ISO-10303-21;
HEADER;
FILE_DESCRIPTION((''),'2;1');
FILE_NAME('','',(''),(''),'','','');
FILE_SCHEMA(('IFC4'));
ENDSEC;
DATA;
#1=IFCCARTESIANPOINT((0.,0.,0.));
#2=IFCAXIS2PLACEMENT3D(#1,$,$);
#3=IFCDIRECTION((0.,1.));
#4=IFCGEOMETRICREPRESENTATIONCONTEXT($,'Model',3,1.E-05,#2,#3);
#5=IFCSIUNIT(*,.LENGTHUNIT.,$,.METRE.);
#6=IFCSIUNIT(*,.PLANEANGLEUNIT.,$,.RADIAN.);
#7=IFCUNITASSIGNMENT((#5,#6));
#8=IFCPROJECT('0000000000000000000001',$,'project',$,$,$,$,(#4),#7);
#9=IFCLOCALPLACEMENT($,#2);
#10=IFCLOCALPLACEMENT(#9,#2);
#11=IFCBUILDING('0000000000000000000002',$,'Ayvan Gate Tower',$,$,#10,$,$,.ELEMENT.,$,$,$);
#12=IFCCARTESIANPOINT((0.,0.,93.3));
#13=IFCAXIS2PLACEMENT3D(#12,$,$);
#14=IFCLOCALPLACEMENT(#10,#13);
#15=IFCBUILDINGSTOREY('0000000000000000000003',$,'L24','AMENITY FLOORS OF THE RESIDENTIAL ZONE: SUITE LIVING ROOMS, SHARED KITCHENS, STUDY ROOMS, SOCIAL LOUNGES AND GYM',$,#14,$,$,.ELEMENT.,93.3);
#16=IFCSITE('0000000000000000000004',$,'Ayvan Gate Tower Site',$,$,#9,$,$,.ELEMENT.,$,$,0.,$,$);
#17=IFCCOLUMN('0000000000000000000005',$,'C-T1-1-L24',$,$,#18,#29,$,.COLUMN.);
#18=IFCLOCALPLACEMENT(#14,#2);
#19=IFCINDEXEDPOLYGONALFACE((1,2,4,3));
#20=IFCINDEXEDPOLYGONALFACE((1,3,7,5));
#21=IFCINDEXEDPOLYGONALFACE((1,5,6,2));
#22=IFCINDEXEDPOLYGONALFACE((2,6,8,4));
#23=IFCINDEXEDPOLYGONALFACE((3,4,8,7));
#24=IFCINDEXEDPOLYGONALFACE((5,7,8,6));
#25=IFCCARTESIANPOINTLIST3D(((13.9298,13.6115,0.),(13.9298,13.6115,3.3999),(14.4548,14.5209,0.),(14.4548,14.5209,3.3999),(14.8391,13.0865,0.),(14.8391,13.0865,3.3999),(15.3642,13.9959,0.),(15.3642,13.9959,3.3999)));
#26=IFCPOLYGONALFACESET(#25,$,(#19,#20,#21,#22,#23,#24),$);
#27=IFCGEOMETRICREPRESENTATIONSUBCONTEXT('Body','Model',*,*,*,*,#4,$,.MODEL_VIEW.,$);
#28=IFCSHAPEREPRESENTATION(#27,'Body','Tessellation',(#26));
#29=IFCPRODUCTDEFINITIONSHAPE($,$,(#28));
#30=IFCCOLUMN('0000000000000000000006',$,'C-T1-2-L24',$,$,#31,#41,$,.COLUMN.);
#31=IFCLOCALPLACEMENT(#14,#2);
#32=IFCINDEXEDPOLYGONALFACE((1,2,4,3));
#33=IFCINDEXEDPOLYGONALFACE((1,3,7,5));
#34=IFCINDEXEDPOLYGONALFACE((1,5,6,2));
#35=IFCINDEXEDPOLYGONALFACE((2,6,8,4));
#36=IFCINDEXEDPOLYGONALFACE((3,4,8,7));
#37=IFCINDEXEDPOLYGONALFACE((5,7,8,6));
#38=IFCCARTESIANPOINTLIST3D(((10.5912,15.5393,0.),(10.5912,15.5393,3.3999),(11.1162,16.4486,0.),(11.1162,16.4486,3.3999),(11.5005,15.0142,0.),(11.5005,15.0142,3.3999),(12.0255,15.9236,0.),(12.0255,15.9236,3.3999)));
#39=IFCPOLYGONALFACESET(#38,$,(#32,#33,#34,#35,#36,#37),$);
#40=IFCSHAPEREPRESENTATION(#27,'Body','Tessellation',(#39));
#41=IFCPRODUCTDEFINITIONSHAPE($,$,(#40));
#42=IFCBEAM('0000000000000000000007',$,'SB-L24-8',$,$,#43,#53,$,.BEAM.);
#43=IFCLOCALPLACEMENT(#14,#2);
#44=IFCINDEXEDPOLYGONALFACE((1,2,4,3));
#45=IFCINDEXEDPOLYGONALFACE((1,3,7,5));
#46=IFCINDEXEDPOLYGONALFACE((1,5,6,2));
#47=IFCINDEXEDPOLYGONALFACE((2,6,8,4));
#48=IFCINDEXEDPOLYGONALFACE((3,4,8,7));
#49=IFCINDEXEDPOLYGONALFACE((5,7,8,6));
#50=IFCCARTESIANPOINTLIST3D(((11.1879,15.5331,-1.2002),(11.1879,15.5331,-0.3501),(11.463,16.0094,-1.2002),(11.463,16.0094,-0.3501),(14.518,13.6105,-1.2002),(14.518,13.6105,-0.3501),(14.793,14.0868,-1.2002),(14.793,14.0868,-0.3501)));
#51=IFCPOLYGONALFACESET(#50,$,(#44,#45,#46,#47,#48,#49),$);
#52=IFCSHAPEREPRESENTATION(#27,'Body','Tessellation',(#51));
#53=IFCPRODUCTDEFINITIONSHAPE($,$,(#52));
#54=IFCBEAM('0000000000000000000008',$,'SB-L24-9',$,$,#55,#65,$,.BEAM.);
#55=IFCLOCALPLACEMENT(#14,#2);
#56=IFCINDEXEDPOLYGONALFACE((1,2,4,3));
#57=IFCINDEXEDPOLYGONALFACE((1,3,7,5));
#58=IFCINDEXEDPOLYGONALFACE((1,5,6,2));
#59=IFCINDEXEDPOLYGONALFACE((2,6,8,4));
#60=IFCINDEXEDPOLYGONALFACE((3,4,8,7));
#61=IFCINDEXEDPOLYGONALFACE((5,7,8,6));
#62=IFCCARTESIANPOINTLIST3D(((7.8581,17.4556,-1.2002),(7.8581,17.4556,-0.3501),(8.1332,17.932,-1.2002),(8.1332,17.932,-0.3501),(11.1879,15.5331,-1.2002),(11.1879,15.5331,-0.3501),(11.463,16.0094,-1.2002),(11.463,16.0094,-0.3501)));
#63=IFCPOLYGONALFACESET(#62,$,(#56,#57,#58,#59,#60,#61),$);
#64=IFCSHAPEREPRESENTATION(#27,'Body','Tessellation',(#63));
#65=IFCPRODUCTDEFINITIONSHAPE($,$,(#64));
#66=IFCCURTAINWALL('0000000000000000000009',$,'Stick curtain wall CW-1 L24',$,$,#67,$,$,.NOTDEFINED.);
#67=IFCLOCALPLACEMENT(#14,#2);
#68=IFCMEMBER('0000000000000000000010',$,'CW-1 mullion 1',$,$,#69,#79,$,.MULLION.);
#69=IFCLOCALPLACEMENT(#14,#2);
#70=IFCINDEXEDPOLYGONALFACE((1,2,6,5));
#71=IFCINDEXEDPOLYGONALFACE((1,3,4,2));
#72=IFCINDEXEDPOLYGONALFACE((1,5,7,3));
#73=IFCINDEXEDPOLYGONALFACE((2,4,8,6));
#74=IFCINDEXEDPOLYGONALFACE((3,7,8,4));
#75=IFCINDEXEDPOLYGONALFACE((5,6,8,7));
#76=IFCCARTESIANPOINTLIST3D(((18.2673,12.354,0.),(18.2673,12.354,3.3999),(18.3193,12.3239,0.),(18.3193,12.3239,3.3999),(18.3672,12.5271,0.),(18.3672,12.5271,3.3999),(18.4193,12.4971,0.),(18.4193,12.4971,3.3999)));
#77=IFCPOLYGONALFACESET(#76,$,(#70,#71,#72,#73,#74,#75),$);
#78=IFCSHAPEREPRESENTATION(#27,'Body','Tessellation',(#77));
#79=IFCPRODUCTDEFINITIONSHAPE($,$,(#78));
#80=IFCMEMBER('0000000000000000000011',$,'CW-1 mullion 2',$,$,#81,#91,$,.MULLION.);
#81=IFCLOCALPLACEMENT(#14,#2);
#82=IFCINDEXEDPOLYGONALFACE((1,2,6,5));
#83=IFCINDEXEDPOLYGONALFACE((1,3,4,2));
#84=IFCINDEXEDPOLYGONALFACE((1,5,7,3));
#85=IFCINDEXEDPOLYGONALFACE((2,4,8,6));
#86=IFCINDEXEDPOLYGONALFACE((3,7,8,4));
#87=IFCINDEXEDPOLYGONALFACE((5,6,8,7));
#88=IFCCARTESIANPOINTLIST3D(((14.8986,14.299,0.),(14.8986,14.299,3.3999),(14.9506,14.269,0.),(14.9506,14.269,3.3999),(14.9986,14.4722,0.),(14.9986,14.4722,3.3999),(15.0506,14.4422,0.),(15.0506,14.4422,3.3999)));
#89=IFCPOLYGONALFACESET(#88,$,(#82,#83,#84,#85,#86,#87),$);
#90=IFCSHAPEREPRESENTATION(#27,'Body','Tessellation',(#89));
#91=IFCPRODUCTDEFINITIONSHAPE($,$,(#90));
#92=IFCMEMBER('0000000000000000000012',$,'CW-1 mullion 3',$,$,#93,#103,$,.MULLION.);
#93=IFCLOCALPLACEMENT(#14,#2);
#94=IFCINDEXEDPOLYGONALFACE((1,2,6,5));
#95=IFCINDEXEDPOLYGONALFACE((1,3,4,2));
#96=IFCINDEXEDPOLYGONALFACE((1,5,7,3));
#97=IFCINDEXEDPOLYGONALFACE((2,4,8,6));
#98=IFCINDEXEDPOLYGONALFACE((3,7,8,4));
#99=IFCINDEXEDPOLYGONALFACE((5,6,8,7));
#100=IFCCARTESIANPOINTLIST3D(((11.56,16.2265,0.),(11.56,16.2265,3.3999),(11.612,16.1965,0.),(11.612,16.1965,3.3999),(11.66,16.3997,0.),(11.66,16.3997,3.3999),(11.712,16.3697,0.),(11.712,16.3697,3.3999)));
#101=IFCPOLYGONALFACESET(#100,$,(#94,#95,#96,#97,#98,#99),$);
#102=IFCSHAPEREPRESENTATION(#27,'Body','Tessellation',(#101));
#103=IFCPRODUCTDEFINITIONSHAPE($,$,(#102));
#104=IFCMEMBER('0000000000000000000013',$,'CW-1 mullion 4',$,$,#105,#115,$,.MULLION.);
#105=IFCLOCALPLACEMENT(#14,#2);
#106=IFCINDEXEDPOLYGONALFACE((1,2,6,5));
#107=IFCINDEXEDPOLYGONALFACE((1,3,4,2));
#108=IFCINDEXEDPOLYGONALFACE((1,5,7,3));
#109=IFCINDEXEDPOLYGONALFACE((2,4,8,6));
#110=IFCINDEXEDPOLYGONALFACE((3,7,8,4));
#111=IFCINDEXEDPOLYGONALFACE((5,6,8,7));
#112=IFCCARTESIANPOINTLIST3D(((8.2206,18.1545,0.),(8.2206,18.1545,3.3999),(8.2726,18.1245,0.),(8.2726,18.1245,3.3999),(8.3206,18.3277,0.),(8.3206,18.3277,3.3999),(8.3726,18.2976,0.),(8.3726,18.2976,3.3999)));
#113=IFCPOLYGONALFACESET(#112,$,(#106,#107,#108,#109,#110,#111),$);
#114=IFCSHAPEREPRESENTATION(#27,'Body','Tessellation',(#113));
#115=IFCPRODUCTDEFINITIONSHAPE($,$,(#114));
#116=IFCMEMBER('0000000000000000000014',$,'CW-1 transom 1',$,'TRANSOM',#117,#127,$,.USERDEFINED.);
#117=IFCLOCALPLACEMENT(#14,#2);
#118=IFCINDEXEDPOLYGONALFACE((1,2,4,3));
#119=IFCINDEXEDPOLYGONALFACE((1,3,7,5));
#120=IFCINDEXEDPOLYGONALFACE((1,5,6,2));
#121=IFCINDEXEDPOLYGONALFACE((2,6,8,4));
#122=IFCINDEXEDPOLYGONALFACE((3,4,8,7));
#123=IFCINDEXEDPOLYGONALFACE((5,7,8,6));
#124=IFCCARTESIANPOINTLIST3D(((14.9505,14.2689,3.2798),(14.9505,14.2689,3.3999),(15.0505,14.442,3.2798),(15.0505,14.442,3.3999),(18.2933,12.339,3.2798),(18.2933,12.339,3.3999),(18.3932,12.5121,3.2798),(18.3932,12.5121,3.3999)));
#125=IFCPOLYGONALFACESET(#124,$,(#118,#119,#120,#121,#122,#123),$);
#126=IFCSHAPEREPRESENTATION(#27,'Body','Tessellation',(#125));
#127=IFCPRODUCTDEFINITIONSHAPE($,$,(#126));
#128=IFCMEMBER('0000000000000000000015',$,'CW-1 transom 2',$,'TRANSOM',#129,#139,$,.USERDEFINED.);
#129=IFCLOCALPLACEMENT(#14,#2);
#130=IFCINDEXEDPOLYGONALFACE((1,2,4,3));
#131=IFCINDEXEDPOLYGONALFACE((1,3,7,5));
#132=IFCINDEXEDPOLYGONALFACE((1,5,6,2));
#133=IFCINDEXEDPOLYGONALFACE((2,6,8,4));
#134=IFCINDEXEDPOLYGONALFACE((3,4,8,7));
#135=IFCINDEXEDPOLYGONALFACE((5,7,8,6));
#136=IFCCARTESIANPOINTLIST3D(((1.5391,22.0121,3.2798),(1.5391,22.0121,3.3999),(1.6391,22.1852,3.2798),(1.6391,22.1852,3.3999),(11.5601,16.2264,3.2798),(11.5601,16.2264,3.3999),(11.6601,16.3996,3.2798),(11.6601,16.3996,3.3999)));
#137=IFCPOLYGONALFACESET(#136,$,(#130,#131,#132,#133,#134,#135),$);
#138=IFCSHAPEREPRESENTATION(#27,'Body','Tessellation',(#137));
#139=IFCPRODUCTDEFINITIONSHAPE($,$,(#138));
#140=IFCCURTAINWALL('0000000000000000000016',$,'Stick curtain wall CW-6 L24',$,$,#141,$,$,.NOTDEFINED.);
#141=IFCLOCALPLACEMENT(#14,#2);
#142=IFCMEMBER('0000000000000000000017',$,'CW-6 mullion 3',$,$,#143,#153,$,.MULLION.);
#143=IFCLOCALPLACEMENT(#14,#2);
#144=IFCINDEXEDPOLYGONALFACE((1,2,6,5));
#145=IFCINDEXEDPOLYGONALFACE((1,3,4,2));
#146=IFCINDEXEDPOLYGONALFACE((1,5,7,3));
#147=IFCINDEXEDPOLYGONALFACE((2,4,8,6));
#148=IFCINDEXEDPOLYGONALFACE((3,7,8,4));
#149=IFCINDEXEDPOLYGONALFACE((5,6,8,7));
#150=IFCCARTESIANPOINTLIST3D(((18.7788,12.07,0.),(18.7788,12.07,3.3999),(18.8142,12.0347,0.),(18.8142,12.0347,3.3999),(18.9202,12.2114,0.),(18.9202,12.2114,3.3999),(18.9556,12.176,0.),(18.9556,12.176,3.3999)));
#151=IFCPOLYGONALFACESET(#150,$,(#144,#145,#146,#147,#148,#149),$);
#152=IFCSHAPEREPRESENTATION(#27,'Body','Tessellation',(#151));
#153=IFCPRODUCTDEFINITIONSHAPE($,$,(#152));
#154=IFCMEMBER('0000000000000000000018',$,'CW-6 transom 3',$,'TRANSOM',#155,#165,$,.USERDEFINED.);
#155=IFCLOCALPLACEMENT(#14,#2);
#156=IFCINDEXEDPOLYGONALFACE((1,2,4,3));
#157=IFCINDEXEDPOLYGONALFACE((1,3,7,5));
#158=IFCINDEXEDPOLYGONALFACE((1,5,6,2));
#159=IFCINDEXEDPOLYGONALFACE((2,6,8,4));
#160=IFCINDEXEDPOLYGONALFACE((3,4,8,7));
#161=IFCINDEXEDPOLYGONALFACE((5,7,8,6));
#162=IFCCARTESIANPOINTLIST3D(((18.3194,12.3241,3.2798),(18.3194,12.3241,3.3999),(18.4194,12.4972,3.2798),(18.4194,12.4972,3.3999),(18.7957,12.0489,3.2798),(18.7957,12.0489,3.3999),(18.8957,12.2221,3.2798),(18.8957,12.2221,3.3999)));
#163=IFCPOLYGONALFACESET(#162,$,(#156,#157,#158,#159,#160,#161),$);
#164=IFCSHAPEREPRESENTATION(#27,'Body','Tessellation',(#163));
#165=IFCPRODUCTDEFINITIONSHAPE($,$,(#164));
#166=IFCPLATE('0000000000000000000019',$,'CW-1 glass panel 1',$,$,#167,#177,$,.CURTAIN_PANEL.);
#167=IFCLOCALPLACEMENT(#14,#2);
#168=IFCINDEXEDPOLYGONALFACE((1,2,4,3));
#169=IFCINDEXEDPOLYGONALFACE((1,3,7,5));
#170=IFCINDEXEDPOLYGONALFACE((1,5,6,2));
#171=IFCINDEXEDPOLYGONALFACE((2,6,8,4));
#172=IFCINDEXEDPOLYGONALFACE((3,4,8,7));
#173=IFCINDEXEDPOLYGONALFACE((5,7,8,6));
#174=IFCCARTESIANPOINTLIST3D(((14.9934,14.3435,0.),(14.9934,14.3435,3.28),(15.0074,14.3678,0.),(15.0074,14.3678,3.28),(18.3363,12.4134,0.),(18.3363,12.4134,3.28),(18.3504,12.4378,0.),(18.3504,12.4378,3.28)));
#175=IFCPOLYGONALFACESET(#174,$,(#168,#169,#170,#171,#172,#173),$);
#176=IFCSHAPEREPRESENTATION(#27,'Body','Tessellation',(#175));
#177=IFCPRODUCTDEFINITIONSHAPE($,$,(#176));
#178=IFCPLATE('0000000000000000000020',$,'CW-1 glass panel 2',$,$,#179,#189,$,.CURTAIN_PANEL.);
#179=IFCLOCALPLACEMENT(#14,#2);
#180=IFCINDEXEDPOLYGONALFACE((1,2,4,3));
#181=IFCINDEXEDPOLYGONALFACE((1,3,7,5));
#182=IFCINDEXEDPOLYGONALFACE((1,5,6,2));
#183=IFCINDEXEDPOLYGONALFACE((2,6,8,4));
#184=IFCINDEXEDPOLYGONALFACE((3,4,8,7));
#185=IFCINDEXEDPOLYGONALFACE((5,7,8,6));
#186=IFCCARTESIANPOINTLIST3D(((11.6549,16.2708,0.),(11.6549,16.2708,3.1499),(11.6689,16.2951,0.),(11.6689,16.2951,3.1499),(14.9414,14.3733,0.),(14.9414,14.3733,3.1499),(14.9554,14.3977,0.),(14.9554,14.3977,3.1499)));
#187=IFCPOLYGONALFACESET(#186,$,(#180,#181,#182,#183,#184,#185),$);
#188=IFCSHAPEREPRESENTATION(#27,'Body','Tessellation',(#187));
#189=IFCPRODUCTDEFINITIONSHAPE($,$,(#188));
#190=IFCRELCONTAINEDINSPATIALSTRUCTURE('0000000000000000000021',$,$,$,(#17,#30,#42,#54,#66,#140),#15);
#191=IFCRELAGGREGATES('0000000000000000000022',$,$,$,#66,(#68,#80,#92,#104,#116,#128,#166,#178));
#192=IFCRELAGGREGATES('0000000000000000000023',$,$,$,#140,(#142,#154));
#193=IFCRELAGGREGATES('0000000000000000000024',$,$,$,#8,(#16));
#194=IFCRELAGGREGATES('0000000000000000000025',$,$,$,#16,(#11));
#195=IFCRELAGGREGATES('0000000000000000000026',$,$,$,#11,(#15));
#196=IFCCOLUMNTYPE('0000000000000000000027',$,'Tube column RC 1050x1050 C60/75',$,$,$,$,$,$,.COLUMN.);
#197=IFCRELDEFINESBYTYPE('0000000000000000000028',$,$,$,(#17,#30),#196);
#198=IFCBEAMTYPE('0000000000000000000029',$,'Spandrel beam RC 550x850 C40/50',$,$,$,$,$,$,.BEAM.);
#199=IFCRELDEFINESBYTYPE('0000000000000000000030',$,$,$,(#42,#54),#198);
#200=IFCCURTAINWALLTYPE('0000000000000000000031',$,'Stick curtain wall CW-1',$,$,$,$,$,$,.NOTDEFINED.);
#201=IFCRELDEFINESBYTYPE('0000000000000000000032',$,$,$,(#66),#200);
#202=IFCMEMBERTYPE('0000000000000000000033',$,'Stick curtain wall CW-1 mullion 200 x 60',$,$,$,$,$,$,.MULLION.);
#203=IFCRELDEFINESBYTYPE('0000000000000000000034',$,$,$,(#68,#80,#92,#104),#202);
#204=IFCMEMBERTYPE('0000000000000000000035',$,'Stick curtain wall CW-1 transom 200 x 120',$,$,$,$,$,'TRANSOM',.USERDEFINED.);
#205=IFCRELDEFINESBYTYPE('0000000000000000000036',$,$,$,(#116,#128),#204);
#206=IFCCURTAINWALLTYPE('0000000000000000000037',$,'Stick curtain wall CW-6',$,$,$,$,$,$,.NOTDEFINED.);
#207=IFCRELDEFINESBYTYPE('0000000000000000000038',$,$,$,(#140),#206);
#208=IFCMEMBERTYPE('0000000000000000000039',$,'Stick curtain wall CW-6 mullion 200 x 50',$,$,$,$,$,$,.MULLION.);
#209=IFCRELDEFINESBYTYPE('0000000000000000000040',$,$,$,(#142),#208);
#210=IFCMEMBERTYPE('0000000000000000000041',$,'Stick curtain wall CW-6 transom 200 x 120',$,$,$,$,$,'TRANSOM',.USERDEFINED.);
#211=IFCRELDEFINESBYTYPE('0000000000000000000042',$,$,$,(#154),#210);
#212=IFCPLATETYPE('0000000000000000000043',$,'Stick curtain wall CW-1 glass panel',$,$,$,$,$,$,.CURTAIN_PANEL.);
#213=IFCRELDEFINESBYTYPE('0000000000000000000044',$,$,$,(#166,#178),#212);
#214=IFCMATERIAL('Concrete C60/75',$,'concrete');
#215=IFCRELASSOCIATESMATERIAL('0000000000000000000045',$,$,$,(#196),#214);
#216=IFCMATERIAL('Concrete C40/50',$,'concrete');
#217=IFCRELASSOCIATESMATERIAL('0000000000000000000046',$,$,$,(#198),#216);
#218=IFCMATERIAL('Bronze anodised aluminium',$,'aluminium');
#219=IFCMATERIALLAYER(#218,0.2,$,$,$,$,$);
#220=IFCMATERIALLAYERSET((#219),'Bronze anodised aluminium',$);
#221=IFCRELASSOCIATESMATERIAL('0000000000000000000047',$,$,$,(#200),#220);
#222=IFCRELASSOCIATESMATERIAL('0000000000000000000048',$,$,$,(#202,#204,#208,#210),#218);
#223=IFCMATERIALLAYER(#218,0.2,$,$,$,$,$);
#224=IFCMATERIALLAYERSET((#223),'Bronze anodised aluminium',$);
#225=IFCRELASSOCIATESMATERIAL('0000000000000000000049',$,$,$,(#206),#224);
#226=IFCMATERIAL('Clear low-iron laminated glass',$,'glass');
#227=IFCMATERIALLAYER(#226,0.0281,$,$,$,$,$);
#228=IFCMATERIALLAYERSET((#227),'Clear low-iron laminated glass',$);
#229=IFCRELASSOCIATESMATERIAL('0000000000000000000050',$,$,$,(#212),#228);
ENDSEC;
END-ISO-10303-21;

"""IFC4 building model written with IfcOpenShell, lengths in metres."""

from ifc_helpers import new_model, si_unit, direction, frame, origin, origin_2d, place, context, subcontext, project, spatial, rectangle, extrude, material, layer, layer_set, material_profile, profile_set, type_object, element, aggregate, save


model = new_model("IFC4")

# Units and contexts
model_context = context("Model", 3, precision=1e-05, world=origin(), true_north=direction((0.0, 1.0)))
body_context = subcontext(model_context, "Body", "Model", "MODEL_VIEW")
ifc_project = project(units=[si_unit("LENGTHUNIT", "METRE"), si_unit("PLANEANGLEUNIT", "RADIAN")], contexts=[model_context])

# Site, building, storey
site_placement = place(None, origin())
site = spatial("IfcSite", under=ifc_project, at=site_placement, Name="Ayvan Gate Tower Site", CompositionType="ELEMENT", RefElevation=0.0)
building_placement = place(site_placement, origin())
building = spatial("IfcBuilding", under=site, at=building_placement, Name="Ayvan Gate Tower", CompositionType="ELEMENT")
storey_placement = place(building_placement, frame((0.0, 0.0, 93.3)))
storey = spatial("IfcBuildingStorey", under=building, at=storey_placement, Name="L24", Description="AMENITY FLOORS OF THE RESIDENTIAL ZONE: SUITE LIVING ROOMS, SHARED KITCHENS, STUDY ROOMS, SOCIAL LOUNGES AND GYM", CompositionType="ELEMENT", Elevation=93.3)

# Columns
ifc_material_1 = material(Name="Concrete C60/75", Category="concrete")
ifc_material_profile_1 = material_profile(ifc_material_1, rectangle(XDim=1.05, YDim=1.05, at=origin_2d()), Name="RC 1050x1050")
ifc_profile_set_1 = profile_set([ifc_material_profile_1], Name="Concrete C60/75")
column_type = type_object("IfcColumnType", Name="Tube column RC 1050x1050 C60/75", PredefinedType="COLUMN", material=ifc_profile_set_1)
for number, where, z_axis, x_axis, name in (
    (1, (14.647, 13.8037, 0.0), (0.0, 0.0, 1.0), (0.5, 0.866025, 0.0), "C-T1-1-L24"),
    (2, (11.3083, 15.7314, 0.0), (0.0, 0.0, 1.0), (0.5, 0.866025, 0.0), "C-T1-2-L24"),
):
    element("IfcColumn", number, at=place(storey_placement, frame(where, z_axis=z_axis, x_axis=x_axis)), inside=storey, type_object=column_type, Name=name, PredefinedType="COLUMN", context=body_context, shape_type="SweptSolid", body=[
        extrude(rectangle(XDim=1.05, YDim=1.05, at=origin_2d()), origin(), (0.0, 0.0, 1.0), 3.3999),
    ])

# Beams
ifc_material_2 = material(Name="Concrete C40/50", Category="concrete")
ifc_material_profile_2 = material_profile(ifc_material_2, rectangle(XDim=0.55, YDim=0.8501, at=origin_2d()), Name="RC 550x850")
ifc_profile_set_2 = profile_set([ifc_material_profile_2], Name="Concrete C40/50")
beam_type = type_object("IfcBeamType", Name="Spandrel beam RC 550x850 C40/50", PredefinedType="BEAM", material=ifc_profile_set_2)
beam_1_placement = place(storey_placement, frame((14.6555, 13.8486, -0.7751), z_axis=(-0.866027, 0.499997, 0.0), x_axis=(-0.499997, -0.866027, 0.0)))
element("IfcBeam", 3, at=beam_1_placement, inside=storey, type_object=beam_type, Name="SB-L24-8", PredefinedType="BEAM", context=body_context, shape_type="SweptSolid", body=[
    extrude(rectangle(XDim=0.55, YDim=0.8501, at=origin_2d()), origin(), (0.0, 0.0, 1.0), 3.8452),
])
beam_2_placement = place(storey_placement, frame((11.3254, 15.7712, -0.7751), z_axis=(-0.866011, 0.500025, 0.0), x_axis=(-0.500025, -0.866011, 0.0)))
element("IfcBeam", 4, at=beam_2_placement, inside=storey, type_object=beam_type, Name="SB-L24-9", PredefinedType="BEAM", context=body_context, shape_type="SweptSolid", body=[
    extrude(rectangle(XDim=0.55, YDim=0.8501, at=origin_2d()), origin(), (0.0, 0.0, 1.0), 3.845),
])

# Curtain walls, members
ifc_material_3 = material(Name="Bronze anodised aluminium", Category="aluminium")
ifc_layer_1 = layer(ifc_material_3, 0.2)
ifc_layer_set_1 = layer_set([ifc_layer_1], Name="Bronze anodised aluminium")
curtain_wall_type_1 = type_object("IfcCurtainWallType", Name="Stick curtain wall CW-1", PredefinedType="NOTDEFINED", material=ifc_layer_set_1)
curtain_wall_1_placement = place(storey_placement, origin())
curtain_wall_1 = element("IfcCurtainWall", 5, at=curtain_wall_1_placement, inside=storey, type_object=curtain_wall_type_1, Name="Stick curtain wall CW-1 L24", PredefinedType="NOTDEFINED")
ifc_material_profile_3 = material_profile(ifc_material_3, rectangle(XDim=0.2, YDim=0.0601, at=origin_2d()), Name="Stick curtain wall CW-1 mullion 200 x 60")
ifc_profile_set_3 = profile_set([ifc_material_profile_3], Name="Bronze anodised aluminium")
member_type_1 = type_object("IfcMemberType", Name="Stick curtain wall CW-1 mullion 200 x 60", PredefinedType="MULLION", material=ifc_profile_set_3)
member_1_placement = place(storey_placement, frame((18.3433, 12.4255, 0.0), z_axis=(0.0, 0.0, 1.0), x_axis=(0.5, 0.866025, 0.0)))
member_1 = element("IfcMember", 6, at=member_1_placement, type_object=member_type_1, Name="CW-1 mullion 1", PredefinedType="MULLION", context=body_context, shape_type="SweptSolid", body=[
    extrude(rectangle(XDim=0.2, YDim=0.0601, at=origin_2d()), origin(), (0.0, 0.0, 1.0), 3.3999),
])
member_2_placement = place(storey_placement, frame((14.9746, 14.3706, 0.0), z_axis=(0.0, 0.0, 1.0), x_axis=(0.5, 0.866025, 0.0)))
member_2 = element("IfcMember", 7, at=member_2_placement, type_object=member_type_1, Name="CW-1 mullion 2", PredefinedType="MULLION", context=body_context, shape_type="SweptSolid", body=[
    extrude(rectangle(XDim=0.2, YDim=0.0601, at=origin_2d()), origin(), (0.0, 0.0, 1.0), 3.3999),
])
member_3_placement = place(storey_placement, frame((11.636, 16.2981, 0.0), z_axis=(0.0, 0.0, 1.0), x_axis=(0.5, 0.866025, 0.0)))
member_3 = element("IfcMember", 8, at=member_3_placement, type_object=member_type_1, Name="CW-1 mullion 3", PredefinedType="MULLION", context=body_context, shape_type="SweptSolid", body=[
    extrude(rectangle(XDim=0.2, YDim=0.0601, at=origin_2d()), origin(), (0.0, 0.0, 1.0), 3.3999),
])
member_4_placement = place(storey_placement, frame((8.2966, 18.2261, 0.0), z_axis=(0.0, 0.0, 1.0), x_axis=(0.5, 0.866025, 0.0)))
member_4 = element("IfcMember", 9, at=member_4_placement, type_object=member_type_1, Name="CW-1 mullion 4", PredefinedType="MULLION", context=body_context, shape_type="SweptSolid", body=[
    extrude(rectangle(XDim=0.2, YDim=0.0601, at=origin_2d()), origin(), (0.0, 0.0, 1.0), 3.3999),
])
ifc_material_profile_4 = material_profile(ifc_material_3, rectangle(XDim=0.2, YDim=0.1201, at=origin_2d()), Name="Stick curtain wall CW-1 transom 200 x 120")
ifc_profile_set_4 = profile_set([ifc_material_profile_4], Name="Bronze anodised aluminium")
member_type_2 = type_object("IfcMemberType", Name="Stick curtain wall CW-1 transom 200 x 120", ElementType="TRANSOM", PredefinedType="USERDEFINED", material=ifc_profile_set_4)
member_5_placement = place(storey_placement, frame((18.3433, 12.4255, 3.3398), z_axis=(-0.866028, 0.499996, 0.0), x_axis=(-0.499996, -0.866028, 0.0)))
member_5 = element("IfcMember", 10, at=member_5_placement, type_object=member_type_2, Name="CW-1 transom 1", ObjectType="TRANSOM", PredefinedType="USERDEFINED", context=body_context, shape_type="SweptSolid", body=[
    extrude(rectangle(XDim=0.2, YDim=0.1201, at=origin_2d()), origin(), (0.0, 0.0, 1.0), 3.8599),
])
member_6_placement = place(storey_placement, frame((11.6101, 16.313, 3.3398), z_axis=(-0.866025, 0.500001, 0.0), x_axis=(-0.500001, -0.866025, 0.0)))
member_6 = element("IfcMember", 11, at=member_6_placement, type_object=member_type_2, Name="CW-1 transom 2", ObjectType="TRANSOM", PredefinedType="USERDEFINED", context=body_context, shape_type="SweptSolid", body=[
    extrude(rectangle(XDim=0.2, YDim=0.1201, at=origin_2d()), origin(), (0.0, 0.0, 1.0), 11.5713),
])
ifc_layer_2 = layer(ifc_material_3, 0.2)
ifc_layer_set_2 = layer_set([ifc_layer_2], Name="Bronze anodised aluminium")
curtain_wall_type_2 = type_object("IfcCurtainWallType", Name="Stick curtain wall CW-6", PredefinedType="NOTDEFINED", material=ifc_layer_set_2)
curtain_wall_2_placement = place(storey_placement, origin())
curtain_wall_2 = element("IfcCurtainWall", 12, at=curtain_wall_2_placement, inside=storey, type_object=curtain_wall_type_2, Name="Stick curtain wall CW-6 L24", PredefinedType="NOTDEFINED")
ifc_material_profile_5 = material_profile(ifc_material_3, rectangle(XDim=0.2, YDim=0.05, at=origin_2d()), Name="Stick curtain wall CW-6 mullion 200 x 50")
ifc_profile_set_5 = profile_set([ifc_material_profile_5], Name="Bronze anodised aluminium")
member_type_3 = type_object("IfcMemberType", Name="Stick curtain wall CW-6 mullion 200 x 50", PredefinedType="MULLION", material=ifc_profile_set_5)
member_7_placement = place(storey_placement, frame((18.8672, 12.123, 0.0), z_axis=(0.0, 0.0, 1.0), x_axis=(0.707107, 0.707107, 0.0)))
member_7 = element("IfcMember", 13, at=member_7_placement, type_object=member_type_3, Name="CW-6 mullion 3", PredefinedType="MULLION", context=body_context, shape_type="SweptSolid", body=[
    extrude(rectangle(XDim=0.2, YDim=0.05, at=origin_2d()), origin(), (0.0, 0.0, 1.0), 3.3999),
])
ifc_material_profile_6 = material_profile(ifc_material_3, rectangle(XDim=0.2, YDim=0.1201, at=origin_2d()), Name="Stick curtain wall CW-6 transom 200 x 120")
ifc_profile_set_6 = profile_set([ifc_material_profile_6], Name="Bronze anodised aluminium")
member_type_4 = type_object("IfcMemberType", Name="Stick curtain wall CW-6 transom 200 x 120", ElementType="TRANSOM", PredefinedType="USERDEFINED", material=ifc_profile_set_6)
member_8_placement = place(storey_placement, frame((18.8457, 12.1355, 3.3398), z_axis=(-0.865912, 0.500196, 0.0), x_axis=(-0.500196, -0.865912, 0.0)))
member_8 = element("IfcMember", 14, at=member_8_placement, type_object=member_type_4, Name="CW-6 transom 3", ObjectType="TRANSOM", PredefinedType="USERDEFINED", context=body_context, shape_type="SweptSolid", body=[
    extrude(rectangle(XDim=0.2, YDim=0.1201, at=origin_2d()), origin(), (0.0, 0.0, 1.0), 0.55),
])

# Plates
ifc_material_4 = material(Name="Clear low-iron laminated glass", Category="glass")
ifc_layer_3 = layer(ifc_material_4, 0.0281)
ifc_layer_set_3 = layer_set([ifc_layer_3], Name="Clear low-iron laminated glass")
plate_type_1 = type_object("IfcPlateType", Name="Stick curtain wall CW-1 glass panel", PredefinedType="CURTAIN_PANEL", material=ifc_layer_set_3)
plate_1_placement = place(storey_placement, frame((16.6719, 13.3906, 0.0), z_axis=(0.0, 0.0, 1.0), x_axis=(-0.866025, 0.5, 0.0)))
plate_1 = element("IfcPlate", 15, at=plate_1_placement, type_object=plate_type_1, Name="CW-1 glass panel 1", PredefinedType="CURTAIN_PANEL", context=body_context, shape_type="SweptSolid", body=[
    extrude(rectangle(XDim=3.8601, YDim=0.0281, at=origin_2d()), origin(), (0.0, 0.0, 1.0), 3.28),
])
plate_2_placement = place(storey_placement, frame((13.3052, 15.3342, 0.0), z_axis=(0.0, 0.0, 1.0), x_axis=(-0.866025, 0.5, 0.0)))
plate_2 = element("IfcPlate", 16, at=plate_2_placement, type_object=plate_type_1, Name="CW-1 glass panel 2", PredefinedType="CURTAIN_PANEL", context=body_context, shape_type="SweptSolid", body=[
    extrude(rectangle(XDim=3.7949, YDim=0.0281, at=origin_2d()), origin(), (0.0, 0.0, 1.0), 3.1499),
])
aggregate(curtain_wall_1, [member_1, member_2, member_3, member_4, member_5, member_6, plate_1, plate_2])
aggregate(curtain_wall_2, [member_7, member_8])

save(model, "model.ifc")
